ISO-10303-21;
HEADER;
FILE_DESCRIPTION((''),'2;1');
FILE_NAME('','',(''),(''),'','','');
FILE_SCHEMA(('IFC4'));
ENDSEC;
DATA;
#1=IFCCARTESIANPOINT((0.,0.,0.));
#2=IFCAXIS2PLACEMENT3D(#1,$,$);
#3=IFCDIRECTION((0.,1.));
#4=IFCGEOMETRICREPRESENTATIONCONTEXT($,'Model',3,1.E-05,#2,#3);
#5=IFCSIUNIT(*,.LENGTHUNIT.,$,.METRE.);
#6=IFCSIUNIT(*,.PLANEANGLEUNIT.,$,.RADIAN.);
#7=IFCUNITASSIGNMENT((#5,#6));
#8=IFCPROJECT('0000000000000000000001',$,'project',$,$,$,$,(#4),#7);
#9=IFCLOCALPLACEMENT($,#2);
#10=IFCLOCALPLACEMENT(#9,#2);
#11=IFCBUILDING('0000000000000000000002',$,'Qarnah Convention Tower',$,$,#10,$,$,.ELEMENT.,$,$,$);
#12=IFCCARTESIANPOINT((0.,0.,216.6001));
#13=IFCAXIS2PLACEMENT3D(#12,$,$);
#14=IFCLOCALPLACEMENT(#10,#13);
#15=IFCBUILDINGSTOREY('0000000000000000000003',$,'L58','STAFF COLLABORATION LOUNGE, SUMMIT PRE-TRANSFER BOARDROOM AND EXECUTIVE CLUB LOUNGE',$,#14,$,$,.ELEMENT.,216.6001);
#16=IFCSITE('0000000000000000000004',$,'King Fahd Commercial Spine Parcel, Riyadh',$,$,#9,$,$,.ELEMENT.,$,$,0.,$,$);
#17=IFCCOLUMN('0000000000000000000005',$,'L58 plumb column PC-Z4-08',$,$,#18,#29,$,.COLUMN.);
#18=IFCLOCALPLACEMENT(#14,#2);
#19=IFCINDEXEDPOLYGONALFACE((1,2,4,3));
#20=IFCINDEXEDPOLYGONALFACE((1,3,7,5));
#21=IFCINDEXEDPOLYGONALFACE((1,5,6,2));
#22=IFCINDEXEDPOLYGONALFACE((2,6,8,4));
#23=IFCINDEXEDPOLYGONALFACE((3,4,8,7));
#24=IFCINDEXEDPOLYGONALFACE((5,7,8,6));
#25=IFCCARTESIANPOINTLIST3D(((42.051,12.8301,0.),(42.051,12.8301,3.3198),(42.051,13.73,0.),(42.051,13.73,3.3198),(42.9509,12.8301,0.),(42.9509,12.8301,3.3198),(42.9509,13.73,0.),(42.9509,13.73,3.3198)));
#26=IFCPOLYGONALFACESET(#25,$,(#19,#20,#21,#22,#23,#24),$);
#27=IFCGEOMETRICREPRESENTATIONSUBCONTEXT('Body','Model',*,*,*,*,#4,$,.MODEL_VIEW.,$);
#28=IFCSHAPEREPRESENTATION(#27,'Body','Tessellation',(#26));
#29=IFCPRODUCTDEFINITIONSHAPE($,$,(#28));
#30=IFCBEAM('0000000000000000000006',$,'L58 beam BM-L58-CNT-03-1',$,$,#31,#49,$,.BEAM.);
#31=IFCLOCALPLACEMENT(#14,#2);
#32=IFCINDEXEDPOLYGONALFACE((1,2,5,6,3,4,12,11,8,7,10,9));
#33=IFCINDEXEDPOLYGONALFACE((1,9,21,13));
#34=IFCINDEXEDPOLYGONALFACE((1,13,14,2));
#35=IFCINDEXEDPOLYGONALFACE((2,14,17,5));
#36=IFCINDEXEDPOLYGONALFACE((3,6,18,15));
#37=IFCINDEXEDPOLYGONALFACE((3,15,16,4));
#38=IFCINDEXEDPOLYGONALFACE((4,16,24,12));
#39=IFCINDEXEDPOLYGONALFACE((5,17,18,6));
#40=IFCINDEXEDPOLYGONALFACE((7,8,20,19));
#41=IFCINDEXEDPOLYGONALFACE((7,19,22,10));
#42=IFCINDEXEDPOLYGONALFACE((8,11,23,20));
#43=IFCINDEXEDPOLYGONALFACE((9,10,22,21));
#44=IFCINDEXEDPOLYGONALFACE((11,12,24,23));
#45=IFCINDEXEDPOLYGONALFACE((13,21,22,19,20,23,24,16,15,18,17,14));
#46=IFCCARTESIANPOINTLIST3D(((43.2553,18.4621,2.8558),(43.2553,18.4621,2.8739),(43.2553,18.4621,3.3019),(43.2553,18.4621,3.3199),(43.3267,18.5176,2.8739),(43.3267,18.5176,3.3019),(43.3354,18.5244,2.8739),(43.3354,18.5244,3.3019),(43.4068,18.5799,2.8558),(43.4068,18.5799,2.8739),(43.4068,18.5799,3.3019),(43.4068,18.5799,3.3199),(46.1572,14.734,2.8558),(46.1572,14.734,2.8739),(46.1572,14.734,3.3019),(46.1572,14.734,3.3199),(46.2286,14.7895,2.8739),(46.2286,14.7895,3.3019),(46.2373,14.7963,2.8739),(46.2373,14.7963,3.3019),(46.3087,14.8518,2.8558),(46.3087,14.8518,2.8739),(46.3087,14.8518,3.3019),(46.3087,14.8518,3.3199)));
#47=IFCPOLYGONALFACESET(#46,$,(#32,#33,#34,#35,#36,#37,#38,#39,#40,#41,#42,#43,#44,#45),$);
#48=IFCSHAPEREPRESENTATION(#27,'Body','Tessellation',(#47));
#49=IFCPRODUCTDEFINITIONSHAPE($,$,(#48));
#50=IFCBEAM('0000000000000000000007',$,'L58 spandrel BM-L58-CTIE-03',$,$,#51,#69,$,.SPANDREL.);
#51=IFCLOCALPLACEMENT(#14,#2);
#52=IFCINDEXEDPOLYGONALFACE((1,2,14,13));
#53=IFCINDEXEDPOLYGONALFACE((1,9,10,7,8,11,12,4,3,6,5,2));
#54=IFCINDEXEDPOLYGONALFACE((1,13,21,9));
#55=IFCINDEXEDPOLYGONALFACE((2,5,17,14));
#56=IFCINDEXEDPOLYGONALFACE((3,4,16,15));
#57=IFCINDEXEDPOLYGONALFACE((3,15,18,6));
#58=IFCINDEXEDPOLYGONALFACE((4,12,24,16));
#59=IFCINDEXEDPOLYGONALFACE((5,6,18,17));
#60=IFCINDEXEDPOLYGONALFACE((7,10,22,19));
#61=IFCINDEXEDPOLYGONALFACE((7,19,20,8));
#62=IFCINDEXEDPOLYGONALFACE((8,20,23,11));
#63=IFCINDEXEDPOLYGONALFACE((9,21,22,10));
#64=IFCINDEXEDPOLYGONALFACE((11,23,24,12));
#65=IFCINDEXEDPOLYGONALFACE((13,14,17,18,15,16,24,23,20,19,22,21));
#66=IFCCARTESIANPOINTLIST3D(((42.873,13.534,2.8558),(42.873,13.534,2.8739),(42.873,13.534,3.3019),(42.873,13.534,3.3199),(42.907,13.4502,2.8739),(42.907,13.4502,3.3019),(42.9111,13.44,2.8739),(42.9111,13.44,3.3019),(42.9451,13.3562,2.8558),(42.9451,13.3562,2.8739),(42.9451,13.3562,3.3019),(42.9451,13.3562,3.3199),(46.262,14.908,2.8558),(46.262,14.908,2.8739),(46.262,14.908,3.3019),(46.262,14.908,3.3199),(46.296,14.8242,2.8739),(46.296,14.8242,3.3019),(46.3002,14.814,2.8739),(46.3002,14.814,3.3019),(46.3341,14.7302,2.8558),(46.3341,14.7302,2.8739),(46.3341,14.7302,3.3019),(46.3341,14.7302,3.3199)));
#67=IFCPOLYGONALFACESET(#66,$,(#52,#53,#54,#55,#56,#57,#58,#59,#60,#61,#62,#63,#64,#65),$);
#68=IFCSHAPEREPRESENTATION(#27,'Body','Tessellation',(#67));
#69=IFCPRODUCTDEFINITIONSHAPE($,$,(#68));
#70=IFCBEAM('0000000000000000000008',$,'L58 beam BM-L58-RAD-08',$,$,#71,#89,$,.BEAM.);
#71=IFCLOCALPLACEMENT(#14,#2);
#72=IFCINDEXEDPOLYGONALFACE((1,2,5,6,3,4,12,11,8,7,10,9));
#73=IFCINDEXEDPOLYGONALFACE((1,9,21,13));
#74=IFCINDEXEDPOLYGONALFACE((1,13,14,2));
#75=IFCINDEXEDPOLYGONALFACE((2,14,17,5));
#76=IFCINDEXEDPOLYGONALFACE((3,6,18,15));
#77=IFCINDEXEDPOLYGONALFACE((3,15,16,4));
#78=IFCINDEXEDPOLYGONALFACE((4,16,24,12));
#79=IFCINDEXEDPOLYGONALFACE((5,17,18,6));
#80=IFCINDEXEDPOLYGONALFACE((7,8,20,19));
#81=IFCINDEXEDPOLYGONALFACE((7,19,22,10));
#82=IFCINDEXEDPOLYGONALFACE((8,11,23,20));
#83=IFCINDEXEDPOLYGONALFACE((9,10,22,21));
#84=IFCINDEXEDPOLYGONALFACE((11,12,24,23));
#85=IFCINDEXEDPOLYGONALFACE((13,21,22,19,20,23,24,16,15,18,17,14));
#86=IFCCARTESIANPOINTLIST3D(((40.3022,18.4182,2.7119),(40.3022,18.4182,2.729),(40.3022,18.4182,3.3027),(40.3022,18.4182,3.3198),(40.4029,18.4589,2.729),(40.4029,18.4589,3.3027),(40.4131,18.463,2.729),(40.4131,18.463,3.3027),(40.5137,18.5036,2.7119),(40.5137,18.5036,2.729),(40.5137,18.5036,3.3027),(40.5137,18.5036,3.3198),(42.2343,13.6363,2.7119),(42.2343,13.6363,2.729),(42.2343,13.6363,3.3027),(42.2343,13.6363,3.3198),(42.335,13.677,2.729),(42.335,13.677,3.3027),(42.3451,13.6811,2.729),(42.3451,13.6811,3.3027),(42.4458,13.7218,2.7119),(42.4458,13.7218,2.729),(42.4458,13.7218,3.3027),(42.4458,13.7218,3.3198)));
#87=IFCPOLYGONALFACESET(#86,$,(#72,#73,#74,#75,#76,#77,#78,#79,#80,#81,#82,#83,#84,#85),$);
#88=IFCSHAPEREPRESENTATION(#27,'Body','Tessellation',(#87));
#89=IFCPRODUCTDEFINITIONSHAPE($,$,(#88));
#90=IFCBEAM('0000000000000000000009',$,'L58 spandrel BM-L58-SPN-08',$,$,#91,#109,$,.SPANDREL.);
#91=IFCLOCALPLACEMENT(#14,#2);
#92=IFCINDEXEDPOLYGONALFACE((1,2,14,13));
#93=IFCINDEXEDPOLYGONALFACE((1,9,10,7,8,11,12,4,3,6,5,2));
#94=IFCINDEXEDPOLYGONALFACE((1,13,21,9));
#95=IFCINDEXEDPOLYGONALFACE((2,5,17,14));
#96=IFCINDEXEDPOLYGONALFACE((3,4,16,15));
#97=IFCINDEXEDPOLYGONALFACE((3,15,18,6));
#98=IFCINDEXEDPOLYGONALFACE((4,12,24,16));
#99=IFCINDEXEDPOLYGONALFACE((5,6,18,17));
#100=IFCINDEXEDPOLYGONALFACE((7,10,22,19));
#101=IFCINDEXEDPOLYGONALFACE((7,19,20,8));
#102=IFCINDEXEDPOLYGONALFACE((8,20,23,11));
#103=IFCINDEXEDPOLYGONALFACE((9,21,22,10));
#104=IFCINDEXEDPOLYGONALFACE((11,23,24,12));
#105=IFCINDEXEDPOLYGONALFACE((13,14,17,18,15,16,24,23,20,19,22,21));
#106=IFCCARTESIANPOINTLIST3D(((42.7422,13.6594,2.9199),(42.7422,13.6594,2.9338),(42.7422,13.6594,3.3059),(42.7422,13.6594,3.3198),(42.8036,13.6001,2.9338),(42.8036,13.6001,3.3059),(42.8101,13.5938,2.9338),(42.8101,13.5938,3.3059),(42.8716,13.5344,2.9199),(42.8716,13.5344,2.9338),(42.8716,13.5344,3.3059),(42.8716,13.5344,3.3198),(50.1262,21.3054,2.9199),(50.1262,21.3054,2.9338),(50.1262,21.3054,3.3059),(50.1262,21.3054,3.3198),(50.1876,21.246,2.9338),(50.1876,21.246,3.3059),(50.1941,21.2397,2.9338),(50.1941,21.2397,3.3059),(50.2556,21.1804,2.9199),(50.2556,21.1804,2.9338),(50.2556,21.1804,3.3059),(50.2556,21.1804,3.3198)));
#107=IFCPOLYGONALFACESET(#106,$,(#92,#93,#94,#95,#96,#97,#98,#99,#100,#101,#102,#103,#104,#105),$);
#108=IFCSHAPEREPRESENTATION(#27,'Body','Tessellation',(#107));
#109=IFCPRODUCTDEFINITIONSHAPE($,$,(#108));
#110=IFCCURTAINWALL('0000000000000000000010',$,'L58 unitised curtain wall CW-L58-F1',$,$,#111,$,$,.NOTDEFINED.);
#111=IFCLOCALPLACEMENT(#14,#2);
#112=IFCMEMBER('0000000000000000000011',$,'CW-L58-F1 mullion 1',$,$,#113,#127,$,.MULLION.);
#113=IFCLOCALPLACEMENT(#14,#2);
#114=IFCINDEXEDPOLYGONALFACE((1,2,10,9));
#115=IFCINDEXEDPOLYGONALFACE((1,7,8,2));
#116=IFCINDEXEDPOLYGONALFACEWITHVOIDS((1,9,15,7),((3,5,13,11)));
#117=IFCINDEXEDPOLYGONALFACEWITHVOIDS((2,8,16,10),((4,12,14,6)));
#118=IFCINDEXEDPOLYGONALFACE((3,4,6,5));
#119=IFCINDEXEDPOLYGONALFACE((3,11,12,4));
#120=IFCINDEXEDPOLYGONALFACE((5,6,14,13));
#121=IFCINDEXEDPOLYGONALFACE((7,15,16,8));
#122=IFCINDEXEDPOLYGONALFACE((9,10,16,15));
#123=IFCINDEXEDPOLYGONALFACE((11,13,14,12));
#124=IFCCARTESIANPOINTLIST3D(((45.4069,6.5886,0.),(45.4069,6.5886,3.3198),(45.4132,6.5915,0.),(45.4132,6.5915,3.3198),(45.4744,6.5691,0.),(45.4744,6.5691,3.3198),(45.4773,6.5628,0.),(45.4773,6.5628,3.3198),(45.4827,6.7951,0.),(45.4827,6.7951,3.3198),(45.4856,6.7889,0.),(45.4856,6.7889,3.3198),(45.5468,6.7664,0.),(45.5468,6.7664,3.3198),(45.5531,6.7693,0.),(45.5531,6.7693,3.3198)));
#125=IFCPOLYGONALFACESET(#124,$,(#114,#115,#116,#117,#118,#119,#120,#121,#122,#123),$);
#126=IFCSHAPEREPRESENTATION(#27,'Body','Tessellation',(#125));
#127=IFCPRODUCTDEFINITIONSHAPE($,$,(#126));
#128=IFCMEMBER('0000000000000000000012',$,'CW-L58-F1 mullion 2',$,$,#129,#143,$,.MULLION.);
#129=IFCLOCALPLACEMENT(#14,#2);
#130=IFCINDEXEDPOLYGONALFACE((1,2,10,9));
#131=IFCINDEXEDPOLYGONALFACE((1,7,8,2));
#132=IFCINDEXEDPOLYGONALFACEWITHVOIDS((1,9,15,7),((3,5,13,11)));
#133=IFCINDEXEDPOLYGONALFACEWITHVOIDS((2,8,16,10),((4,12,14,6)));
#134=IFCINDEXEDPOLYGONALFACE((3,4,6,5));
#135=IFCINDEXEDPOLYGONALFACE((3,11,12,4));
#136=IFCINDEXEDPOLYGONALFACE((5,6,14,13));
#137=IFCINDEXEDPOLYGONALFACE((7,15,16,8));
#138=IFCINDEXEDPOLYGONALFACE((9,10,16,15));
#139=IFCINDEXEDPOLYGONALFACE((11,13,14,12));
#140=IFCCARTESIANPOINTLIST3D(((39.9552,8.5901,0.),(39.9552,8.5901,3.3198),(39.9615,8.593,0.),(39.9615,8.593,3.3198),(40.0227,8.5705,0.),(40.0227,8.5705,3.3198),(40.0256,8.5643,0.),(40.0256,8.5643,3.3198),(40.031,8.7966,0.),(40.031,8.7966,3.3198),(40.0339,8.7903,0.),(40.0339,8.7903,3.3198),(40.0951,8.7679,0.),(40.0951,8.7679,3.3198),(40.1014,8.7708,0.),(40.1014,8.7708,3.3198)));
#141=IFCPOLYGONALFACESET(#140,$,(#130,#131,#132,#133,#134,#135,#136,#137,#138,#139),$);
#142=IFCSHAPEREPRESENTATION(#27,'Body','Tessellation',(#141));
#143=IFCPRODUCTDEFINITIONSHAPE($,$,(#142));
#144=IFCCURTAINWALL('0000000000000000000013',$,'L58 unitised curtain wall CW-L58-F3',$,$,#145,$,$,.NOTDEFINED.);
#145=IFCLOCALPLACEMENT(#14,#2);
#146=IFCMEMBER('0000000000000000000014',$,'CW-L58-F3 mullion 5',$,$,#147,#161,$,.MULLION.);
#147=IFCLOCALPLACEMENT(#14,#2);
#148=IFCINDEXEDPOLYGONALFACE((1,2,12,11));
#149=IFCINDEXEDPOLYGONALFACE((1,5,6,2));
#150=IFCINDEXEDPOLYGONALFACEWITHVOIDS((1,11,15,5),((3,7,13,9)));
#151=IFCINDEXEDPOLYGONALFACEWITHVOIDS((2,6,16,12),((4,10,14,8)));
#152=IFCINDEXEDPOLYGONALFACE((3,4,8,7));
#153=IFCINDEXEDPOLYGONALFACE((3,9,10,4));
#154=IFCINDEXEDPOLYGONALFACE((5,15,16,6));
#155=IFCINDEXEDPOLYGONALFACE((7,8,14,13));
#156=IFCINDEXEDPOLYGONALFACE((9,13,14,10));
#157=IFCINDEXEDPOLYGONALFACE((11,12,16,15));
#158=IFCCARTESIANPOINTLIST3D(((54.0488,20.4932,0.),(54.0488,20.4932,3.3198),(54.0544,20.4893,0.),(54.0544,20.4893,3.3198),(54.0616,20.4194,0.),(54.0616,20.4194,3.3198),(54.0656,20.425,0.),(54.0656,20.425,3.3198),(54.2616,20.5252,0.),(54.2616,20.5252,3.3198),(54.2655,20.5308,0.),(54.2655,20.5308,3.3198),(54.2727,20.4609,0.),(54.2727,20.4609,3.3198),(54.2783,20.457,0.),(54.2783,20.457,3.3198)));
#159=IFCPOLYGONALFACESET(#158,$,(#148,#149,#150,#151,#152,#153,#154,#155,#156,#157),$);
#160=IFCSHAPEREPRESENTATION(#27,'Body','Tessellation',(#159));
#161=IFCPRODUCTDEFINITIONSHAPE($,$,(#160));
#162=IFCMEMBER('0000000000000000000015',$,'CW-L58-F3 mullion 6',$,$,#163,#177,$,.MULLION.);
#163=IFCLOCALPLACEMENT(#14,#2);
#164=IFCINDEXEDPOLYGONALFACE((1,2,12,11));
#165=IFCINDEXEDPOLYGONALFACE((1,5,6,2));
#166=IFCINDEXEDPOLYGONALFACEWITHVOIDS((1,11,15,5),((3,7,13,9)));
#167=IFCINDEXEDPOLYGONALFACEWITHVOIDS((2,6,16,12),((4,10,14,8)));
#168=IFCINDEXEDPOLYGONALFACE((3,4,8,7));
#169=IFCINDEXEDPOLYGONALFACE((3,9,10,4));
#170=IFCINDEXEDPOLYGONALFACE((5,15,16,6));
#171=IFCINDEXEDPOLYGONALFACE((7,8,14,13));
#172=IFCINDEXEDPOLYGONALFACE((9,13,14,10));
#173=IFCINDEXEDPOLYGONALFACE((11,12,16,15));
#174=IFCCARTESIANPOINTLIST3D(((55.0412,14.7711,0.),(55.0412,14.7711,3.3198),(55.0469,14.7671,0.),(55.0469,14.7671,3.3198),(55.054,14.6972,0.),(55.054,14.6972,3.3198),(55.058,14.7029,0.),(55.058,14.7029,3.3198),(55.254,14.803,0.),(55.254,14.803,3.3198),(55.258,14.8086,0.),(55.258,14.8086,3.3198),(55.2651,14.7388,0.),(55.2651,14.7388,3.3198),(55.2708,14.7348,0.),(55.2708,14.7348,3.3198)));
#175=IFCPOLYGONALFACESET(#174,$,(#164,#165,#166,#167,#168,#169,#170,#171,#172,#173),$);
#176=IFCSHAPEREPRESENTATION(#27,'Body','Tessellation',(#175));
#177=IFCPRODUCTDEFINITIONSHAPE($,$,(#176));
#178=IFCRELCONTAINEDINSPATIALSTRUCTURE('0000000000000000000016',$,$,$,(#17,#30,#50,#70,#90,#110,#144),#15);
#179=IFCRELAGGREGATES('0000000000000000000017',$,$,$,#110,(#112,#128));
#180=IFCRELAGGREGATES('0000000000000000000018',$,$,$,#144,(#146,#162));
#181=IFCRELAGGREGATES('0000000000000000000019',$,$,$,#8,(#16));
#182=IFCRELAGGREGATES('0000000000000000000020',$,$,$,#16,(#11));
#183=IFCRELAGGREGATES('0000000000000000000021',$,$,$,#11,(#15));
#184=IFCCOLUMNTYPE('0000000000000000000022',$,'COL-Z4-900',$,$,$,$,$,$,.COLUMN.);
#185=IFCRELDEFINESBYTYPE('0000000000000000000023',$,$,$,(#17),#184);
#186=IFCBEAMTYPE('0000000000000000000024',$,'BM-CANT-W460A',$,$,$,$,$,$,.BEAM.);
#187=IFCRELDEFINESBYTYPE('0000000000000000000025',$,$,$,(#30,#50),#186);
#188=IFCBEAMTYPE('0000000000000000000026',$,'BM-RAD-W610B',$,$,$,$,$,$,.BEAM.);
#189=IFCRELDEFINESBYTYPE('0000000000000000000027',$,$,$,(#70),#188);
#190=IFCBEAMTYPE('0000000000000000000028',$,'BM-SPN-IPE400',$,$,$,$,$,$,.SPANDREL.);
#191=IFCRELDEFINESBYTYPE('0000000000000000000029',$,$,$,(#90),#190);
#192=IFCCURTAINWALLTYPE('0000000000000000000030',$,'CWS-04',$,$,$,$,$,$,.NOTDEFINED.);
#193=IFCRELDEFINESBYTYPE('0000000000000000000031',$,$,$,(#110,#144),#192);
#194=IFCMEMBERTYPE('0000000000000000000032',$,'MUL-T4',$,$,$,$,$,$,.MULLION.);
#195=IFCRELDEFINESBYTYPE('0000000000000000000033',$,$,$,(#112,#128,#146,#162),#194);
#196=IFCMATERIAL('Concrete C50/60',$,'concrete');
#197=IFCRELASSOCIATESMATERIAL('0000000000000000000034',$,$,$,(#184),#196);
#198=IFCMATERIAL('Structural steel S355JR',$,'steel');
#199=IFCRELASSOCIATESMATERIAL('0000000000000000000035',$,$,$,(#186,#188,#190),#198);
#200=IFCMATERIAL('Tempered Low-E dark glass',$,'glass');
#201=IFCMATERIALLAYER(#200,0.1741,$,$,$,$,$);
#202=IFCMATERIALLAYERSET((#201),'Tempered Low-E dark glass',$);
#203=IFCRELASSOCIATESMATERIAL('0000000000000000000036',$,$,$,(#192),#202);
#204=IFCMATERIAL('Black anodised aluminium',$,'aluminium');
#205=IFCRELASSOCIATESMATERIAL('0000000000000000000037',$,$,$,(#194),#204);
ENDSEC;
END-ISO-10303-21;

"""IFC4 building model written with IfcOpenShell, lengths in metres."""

from ifc_helpers import new_model, si_unit, direction, frame, origin, origin_2d, place, context, subcontext, project, spatial, rectangle, hollow_rectangle, i_section, extrude, material, layer, layer_set, material_profile, profile_set, type_object, element, aggregate, save


model = new_model("IFC4")

# Units and contexts
model_context = context("Model", 3, precision=1e-05, world=origin(), true_north=direction((0.0, 1.0)))
body_context = subcontext(model_context, "Body", "Model", "MODEL_VIEW")
ifc_project = project(units=[si_unit("LENGTHUNIT", "METRE"), si_unit("PLANEANGLEUNIT", "RADIAN")], contexts=[model_context])

# Site, building, storey
site_placement = place(None, origin())
site = spatial("IfcSite", under=ifc_project, at=site_placement, Name="King Fahd Commercial Spine Parcel, Riyadh", CompositionType="ELEMENT", RefElevation=0.0)
building_placement = place(site_placement, origin())
building = spatial("IfcBuilding", under=site, at=building_placement, Name="Qarnah Convention Tower", CompositionType="ELEMENT")
storey_placement = place(building_placement, frame((0.0, 0.0, 216.6001)))
storey = spatial("IfcBuildingStorey", under=building, at=storey_placement, Name="L58", Description="STAFF COLLABORATION LOUNGE, SUMMIT PRE-TRANSFER BOARDROOM AND EXECUTIVE CLUB LOUNGE", CompositionType="ELEMENT", Elevation=216.6001)

# Column
ifc_material_1 = material(Name="Concrete C50/60", Category="concrete")
ifc_material_profile_1 = material_profile(ifc_material_1, rectangle(XDim=0.8999, YDim=0.8999, at=origin_2d()), Name="RC-COL-900X900")
ifc_profile_set_1 = profile_set([ifc_material_profile_1], Name="Concrete C50/60")
column_type = type_object("IfcColumnType", Name="COL-Z4-900", PredefinedType="COLUMN", material=ifc_profile_set_1)
column_placement = place(storey_placement, frame((42.501, 13.28, 0.0), z_axis=(0.0, 0.0, 1.0), x_axis=(1.0, 0.0, 0.0)))
element("IfcColumn", 1, at=column_placement, inside=storey, type_object=column_type, Name="L58 plumb column PC-Z4-08", PredefinedType="COLUMN", context=body_context, shape_type="SweptSolid", body=[
    extrude(rectangle(XDim=0.8999, YDim=0.8999, at=origin_2d()), origin(), (0.0, 0.0, 1.0), 3.3198),
])

# Beams
ifc_material_2 = material(Name="Structural steel S355JR", Category="steel")
ifc_material_profile_2 = material_profile(ifc_material_2, i_section(OverallWidth=0.1919, OverallDepth=0.4641, WebThickness=0.011, FlangeThickness=0.0181, at=origin_2d()), Name="W460X89")
ifc_profile_set_2 = profile_set([ifc_material_profile_2], Name="Structural steel S355JR")
beam_type_1 = type_object("IfcBeamType", Name="BM-CANT-W460A", PredefinedType="BEAM", material=ifc_profile_set_2)
beam_1_placement = place(storey_placement, frame((43.3311, 18.521, 3.0879), z_axis=(0.614241, -0.789118, 0.0), x_axis=(0.789118, 0.614241, 0.0)))
element("IfcBeam", 2, at=beam_1_placement, inside=storey, type_object=beam_type_1, Name="L58 beam BM-L58-CNT-03-1", PredefinedType="BEAM", context=body_context, shape_type="SweptSolid", body=[
    extrude(i_section(OverallWidth=0.1919, OverallDepth=0.4641, WebThickness=0.011, FlangeThickness=0.0181, at=origin_2d()), origin(), (0.0, 0.0, 1.0), 4.7244),
])
beam_2_placement = place(storey_placement, frame((46.2981, 14.8191, 3.0879), z_axis=(-0.926735, -0.375714, 0.0), x_axis=(0.375714, -0.926735, 0.0)))
element("IfcBeam", 3, at=beam_2_placement, inside=storey, type_object=beam_type_1, Name="L58 spandrel BM-L58-CTIE-03", PredefinedType="SPANDREL", context=body_context, shape_type="SweptSolid", body=[
    extrude(i_section(OverallWidth=0.1919, OverallDepth=0.4641, WebThickness=0.011, FlangeThickness=0.0181, at=origin_2d()), origin(), (0.0, 0.0, 1.0), 3.657),
])
ifc_material_profile_3 = material_profile(ifc_material_2, i_section(OverallWidth=0.228, OverallDepth=0.6079, WebThickness=0.011, FlangeThickness=0.0171, at=origin_2d()), Name="W610X113")
ifc_profile_set_3 = profile_set([ifc_material_profile_3], Name="Structural steel S355JR")
beam_type_2 = type_object("IfcBeamType", Name="BM-RAD-W610B", PredefinedType="BEAM", material=ifc_profile_set_3)
beam_3_placement = place(storey_placement, frame((40.408, 18.4609, 3.0159), z_axis=(0.37462, -0.927178, 0.0), x_axis=(0.927178, 0.37462, 0.0)))
element("IfcBeam", 4, at=beam_3_placement, inside=storey, type_object=beam_type_2, Name="L58 beam BM-L58-RAD-08", PredefinedType="BEAM", context=body_context, shape_type="SweptSolid", body=[
    extrude(i_section(OverallWidth=0.228, OverallDepth=0.6079, WebThickness=0.011, FlangeThickness=0.0171, at=origin_2d()), origin(), (0.0, 0.0, 1.0), 5.1575),
])
ifc_material_profile_4 = material_profile(ifc_material_2, i_section(OverallWidth=0.1799, OverallDepth=0.3999, WebThickness=0.009, FlangeThickness=0.0139, at=origin_2d()), Name="IPE400")
ifc_profile_set_4 = profile_set([ifc_material_profile_4], Name="Structural steel S355JR")
beam_type_3 = type_object("IfcBeamType", Name="BM-SPN-IPE400", PredefinedType="SPANDREL", material=ifc_profile_set_4)
beam_4_placement = place(storey_placement, frame((42.8069, 13.5969, 3.1199), z_axis=(0.694677, 0.719322, 0.0), x_axis=(-0.719322, 0.694677, 0.0)))
element("IfcBeam", 5, at=beam_4_placement, inside=storey, type_object=beam_type_3, Name="L58 spandrel BM-L58-SPN-08", PredefinedType="SPANDREL", context=body_context, shape_type="SweptSolid", body=[
    extrude(i_section(OverallWidth=0.1799, OverallDepth=0.3999, WebThickness=0.009, FlangeThickness=0.0139, at=origin_2d()), origin(), (0.0, 0.0, 1.0), 10.6294),
])

# Curtain walls, members
ifc_material_3 = material(Name="Tempered Low-E dark glass", Category="glass")
ifc_layer_1 = layer(ifc_material_3, 0.1741)
ifc_layer_set_1 = layer_set([ifc_layer_1], Name="Tempered Low-E dark glass")
curtain_wall_type = type_object("IfcCurtainWallType", Name="CWS-04", PredefinedType="NOTDEFINED", material=ifc_layer_set_1)
curtain_wall_1_placement = place(storey_placement, origin())
curtain_wall_1 = element("IfcCurtainWall", 6, at=curtain_wall_1_placement, inside=storey, type_object=curtain_wall_type, Name="L58 unitised curtain wall CW-L58-F1", PredefinedType="NOTDEFINED")
ifc_material_4 = material(Name="Black anodised aluminium", Category="aluminium")
ifc_material_profile_5 = material_profile(ifc_material_4, hollow_rectangle(XDim=0.075, YDim=0.22, WallThickness=0.0049, at=origin_2d()), Name="MUL-75X220")
ifc_profile_set_5 = profile_set([ifc_material_profile_5], Name="Black anodised aluminium")
member_type_1 = type_object("IfcMemberType", Name="MUL-T4", PredefinedType="MULLION", material=ifc_profile_set_5)
member_1_placement = place(storey_placement, frame((45.48, 6.679, 0.0), z_axis=(0.0, 0.0, 1.0), x_axis=(-0.938742, 0.34462, 0.0)))
member_1 = element("IfcMember", 7, at=member_1_placement, type_object=member_type_1, Name="CW-L58-F1 mullion 1", PredefinedType="MULLION", context=body_context, shape_type="SweptSolid", body=[
    extrude(hollow_rectangle(XDim=0.075, YDim=0.22, WallThickness=0.0049, at=origin_2d()), origin(), (0.0, 0.0, 1.0), 3.3198),
])
member_2_placement = place(storey_placement, frame((40.0283, 8.6804, 0.0), z_axis=(0.0, 0.0, 1.0), x_axis=(-0.938742, 0.34462, 0.0)))
member_2 = element("IfcMember", 8, at=member_2_placement, type_object=member_type_1, Name="CW-L58-F1 mullion 2", PredefinedType="MULLION", context=body_context, shape_type="SweptSolid", body=[
    extrude(hollow_rectangle(XDim=0.075, YDim=0.22, WallThickness=0.0049, at=origin_2d()), origin(), (0.0, 0.0, 1.0), 3.3198),
])
curtain_wall_2_placement = place(storey_placement, origin())
curtain_wall_2 = element("IfcCurtainWall", 9, at=curtain_wall_2_placement, inside=storey, type_object=curtain_wall_type, Name="L58 unitised curtain wall CW-L58-F3", PredefinedType="NOTDEFINED")
member_3_placement = place(storey_placement, frame((54.1636, 20.4751, 0.0), z_axis=(0.0, 0.0, 1.0), x_axis=(0.170885, -0.985291, 0.0)))
member_3 = element("IfcMember", 10, at=member_3_placement, type_object=member_type_1, Name="CW-L58-F3 mullion 5", PredefinedType="MULLION", context=body_context, shape_type="SweptSolid", body=[
    extrude(hollow_rectangle(XDim=0.075, YDim=0.22, WallThickness=0.0049, at=origin_2d()), origin(), (0.0, 0.0, 1.0), 3.3198),
])
member_4_placement = place(storey_placement, frame((55.156, 14.7529, 0.0), z_axis=(0.0, 0.0, 1.0), x_axis=(0.170885, -0.985291, 0.0)))
member_4 = element("IfcMember", 11, at=member_4_placement, type_object=member_type_1, Name="CW-L58-F3 mullion 6", PredefinedType="MULLION", context=body_context, shape_type="SweptSolid", body=[
    extrude(hollow_rectangle(XDim=0.075, YDim=0.22, WallThickness=0.0049, at=origin_2d()), origin(), (0.0, 0.0, 1.0), 3.3198),
])

aggregate(curtain_wall_1, [member_1, member_2])
aggregate(curtain_wall_2, [member_3, member_4])

save(model, "model.ifc")
